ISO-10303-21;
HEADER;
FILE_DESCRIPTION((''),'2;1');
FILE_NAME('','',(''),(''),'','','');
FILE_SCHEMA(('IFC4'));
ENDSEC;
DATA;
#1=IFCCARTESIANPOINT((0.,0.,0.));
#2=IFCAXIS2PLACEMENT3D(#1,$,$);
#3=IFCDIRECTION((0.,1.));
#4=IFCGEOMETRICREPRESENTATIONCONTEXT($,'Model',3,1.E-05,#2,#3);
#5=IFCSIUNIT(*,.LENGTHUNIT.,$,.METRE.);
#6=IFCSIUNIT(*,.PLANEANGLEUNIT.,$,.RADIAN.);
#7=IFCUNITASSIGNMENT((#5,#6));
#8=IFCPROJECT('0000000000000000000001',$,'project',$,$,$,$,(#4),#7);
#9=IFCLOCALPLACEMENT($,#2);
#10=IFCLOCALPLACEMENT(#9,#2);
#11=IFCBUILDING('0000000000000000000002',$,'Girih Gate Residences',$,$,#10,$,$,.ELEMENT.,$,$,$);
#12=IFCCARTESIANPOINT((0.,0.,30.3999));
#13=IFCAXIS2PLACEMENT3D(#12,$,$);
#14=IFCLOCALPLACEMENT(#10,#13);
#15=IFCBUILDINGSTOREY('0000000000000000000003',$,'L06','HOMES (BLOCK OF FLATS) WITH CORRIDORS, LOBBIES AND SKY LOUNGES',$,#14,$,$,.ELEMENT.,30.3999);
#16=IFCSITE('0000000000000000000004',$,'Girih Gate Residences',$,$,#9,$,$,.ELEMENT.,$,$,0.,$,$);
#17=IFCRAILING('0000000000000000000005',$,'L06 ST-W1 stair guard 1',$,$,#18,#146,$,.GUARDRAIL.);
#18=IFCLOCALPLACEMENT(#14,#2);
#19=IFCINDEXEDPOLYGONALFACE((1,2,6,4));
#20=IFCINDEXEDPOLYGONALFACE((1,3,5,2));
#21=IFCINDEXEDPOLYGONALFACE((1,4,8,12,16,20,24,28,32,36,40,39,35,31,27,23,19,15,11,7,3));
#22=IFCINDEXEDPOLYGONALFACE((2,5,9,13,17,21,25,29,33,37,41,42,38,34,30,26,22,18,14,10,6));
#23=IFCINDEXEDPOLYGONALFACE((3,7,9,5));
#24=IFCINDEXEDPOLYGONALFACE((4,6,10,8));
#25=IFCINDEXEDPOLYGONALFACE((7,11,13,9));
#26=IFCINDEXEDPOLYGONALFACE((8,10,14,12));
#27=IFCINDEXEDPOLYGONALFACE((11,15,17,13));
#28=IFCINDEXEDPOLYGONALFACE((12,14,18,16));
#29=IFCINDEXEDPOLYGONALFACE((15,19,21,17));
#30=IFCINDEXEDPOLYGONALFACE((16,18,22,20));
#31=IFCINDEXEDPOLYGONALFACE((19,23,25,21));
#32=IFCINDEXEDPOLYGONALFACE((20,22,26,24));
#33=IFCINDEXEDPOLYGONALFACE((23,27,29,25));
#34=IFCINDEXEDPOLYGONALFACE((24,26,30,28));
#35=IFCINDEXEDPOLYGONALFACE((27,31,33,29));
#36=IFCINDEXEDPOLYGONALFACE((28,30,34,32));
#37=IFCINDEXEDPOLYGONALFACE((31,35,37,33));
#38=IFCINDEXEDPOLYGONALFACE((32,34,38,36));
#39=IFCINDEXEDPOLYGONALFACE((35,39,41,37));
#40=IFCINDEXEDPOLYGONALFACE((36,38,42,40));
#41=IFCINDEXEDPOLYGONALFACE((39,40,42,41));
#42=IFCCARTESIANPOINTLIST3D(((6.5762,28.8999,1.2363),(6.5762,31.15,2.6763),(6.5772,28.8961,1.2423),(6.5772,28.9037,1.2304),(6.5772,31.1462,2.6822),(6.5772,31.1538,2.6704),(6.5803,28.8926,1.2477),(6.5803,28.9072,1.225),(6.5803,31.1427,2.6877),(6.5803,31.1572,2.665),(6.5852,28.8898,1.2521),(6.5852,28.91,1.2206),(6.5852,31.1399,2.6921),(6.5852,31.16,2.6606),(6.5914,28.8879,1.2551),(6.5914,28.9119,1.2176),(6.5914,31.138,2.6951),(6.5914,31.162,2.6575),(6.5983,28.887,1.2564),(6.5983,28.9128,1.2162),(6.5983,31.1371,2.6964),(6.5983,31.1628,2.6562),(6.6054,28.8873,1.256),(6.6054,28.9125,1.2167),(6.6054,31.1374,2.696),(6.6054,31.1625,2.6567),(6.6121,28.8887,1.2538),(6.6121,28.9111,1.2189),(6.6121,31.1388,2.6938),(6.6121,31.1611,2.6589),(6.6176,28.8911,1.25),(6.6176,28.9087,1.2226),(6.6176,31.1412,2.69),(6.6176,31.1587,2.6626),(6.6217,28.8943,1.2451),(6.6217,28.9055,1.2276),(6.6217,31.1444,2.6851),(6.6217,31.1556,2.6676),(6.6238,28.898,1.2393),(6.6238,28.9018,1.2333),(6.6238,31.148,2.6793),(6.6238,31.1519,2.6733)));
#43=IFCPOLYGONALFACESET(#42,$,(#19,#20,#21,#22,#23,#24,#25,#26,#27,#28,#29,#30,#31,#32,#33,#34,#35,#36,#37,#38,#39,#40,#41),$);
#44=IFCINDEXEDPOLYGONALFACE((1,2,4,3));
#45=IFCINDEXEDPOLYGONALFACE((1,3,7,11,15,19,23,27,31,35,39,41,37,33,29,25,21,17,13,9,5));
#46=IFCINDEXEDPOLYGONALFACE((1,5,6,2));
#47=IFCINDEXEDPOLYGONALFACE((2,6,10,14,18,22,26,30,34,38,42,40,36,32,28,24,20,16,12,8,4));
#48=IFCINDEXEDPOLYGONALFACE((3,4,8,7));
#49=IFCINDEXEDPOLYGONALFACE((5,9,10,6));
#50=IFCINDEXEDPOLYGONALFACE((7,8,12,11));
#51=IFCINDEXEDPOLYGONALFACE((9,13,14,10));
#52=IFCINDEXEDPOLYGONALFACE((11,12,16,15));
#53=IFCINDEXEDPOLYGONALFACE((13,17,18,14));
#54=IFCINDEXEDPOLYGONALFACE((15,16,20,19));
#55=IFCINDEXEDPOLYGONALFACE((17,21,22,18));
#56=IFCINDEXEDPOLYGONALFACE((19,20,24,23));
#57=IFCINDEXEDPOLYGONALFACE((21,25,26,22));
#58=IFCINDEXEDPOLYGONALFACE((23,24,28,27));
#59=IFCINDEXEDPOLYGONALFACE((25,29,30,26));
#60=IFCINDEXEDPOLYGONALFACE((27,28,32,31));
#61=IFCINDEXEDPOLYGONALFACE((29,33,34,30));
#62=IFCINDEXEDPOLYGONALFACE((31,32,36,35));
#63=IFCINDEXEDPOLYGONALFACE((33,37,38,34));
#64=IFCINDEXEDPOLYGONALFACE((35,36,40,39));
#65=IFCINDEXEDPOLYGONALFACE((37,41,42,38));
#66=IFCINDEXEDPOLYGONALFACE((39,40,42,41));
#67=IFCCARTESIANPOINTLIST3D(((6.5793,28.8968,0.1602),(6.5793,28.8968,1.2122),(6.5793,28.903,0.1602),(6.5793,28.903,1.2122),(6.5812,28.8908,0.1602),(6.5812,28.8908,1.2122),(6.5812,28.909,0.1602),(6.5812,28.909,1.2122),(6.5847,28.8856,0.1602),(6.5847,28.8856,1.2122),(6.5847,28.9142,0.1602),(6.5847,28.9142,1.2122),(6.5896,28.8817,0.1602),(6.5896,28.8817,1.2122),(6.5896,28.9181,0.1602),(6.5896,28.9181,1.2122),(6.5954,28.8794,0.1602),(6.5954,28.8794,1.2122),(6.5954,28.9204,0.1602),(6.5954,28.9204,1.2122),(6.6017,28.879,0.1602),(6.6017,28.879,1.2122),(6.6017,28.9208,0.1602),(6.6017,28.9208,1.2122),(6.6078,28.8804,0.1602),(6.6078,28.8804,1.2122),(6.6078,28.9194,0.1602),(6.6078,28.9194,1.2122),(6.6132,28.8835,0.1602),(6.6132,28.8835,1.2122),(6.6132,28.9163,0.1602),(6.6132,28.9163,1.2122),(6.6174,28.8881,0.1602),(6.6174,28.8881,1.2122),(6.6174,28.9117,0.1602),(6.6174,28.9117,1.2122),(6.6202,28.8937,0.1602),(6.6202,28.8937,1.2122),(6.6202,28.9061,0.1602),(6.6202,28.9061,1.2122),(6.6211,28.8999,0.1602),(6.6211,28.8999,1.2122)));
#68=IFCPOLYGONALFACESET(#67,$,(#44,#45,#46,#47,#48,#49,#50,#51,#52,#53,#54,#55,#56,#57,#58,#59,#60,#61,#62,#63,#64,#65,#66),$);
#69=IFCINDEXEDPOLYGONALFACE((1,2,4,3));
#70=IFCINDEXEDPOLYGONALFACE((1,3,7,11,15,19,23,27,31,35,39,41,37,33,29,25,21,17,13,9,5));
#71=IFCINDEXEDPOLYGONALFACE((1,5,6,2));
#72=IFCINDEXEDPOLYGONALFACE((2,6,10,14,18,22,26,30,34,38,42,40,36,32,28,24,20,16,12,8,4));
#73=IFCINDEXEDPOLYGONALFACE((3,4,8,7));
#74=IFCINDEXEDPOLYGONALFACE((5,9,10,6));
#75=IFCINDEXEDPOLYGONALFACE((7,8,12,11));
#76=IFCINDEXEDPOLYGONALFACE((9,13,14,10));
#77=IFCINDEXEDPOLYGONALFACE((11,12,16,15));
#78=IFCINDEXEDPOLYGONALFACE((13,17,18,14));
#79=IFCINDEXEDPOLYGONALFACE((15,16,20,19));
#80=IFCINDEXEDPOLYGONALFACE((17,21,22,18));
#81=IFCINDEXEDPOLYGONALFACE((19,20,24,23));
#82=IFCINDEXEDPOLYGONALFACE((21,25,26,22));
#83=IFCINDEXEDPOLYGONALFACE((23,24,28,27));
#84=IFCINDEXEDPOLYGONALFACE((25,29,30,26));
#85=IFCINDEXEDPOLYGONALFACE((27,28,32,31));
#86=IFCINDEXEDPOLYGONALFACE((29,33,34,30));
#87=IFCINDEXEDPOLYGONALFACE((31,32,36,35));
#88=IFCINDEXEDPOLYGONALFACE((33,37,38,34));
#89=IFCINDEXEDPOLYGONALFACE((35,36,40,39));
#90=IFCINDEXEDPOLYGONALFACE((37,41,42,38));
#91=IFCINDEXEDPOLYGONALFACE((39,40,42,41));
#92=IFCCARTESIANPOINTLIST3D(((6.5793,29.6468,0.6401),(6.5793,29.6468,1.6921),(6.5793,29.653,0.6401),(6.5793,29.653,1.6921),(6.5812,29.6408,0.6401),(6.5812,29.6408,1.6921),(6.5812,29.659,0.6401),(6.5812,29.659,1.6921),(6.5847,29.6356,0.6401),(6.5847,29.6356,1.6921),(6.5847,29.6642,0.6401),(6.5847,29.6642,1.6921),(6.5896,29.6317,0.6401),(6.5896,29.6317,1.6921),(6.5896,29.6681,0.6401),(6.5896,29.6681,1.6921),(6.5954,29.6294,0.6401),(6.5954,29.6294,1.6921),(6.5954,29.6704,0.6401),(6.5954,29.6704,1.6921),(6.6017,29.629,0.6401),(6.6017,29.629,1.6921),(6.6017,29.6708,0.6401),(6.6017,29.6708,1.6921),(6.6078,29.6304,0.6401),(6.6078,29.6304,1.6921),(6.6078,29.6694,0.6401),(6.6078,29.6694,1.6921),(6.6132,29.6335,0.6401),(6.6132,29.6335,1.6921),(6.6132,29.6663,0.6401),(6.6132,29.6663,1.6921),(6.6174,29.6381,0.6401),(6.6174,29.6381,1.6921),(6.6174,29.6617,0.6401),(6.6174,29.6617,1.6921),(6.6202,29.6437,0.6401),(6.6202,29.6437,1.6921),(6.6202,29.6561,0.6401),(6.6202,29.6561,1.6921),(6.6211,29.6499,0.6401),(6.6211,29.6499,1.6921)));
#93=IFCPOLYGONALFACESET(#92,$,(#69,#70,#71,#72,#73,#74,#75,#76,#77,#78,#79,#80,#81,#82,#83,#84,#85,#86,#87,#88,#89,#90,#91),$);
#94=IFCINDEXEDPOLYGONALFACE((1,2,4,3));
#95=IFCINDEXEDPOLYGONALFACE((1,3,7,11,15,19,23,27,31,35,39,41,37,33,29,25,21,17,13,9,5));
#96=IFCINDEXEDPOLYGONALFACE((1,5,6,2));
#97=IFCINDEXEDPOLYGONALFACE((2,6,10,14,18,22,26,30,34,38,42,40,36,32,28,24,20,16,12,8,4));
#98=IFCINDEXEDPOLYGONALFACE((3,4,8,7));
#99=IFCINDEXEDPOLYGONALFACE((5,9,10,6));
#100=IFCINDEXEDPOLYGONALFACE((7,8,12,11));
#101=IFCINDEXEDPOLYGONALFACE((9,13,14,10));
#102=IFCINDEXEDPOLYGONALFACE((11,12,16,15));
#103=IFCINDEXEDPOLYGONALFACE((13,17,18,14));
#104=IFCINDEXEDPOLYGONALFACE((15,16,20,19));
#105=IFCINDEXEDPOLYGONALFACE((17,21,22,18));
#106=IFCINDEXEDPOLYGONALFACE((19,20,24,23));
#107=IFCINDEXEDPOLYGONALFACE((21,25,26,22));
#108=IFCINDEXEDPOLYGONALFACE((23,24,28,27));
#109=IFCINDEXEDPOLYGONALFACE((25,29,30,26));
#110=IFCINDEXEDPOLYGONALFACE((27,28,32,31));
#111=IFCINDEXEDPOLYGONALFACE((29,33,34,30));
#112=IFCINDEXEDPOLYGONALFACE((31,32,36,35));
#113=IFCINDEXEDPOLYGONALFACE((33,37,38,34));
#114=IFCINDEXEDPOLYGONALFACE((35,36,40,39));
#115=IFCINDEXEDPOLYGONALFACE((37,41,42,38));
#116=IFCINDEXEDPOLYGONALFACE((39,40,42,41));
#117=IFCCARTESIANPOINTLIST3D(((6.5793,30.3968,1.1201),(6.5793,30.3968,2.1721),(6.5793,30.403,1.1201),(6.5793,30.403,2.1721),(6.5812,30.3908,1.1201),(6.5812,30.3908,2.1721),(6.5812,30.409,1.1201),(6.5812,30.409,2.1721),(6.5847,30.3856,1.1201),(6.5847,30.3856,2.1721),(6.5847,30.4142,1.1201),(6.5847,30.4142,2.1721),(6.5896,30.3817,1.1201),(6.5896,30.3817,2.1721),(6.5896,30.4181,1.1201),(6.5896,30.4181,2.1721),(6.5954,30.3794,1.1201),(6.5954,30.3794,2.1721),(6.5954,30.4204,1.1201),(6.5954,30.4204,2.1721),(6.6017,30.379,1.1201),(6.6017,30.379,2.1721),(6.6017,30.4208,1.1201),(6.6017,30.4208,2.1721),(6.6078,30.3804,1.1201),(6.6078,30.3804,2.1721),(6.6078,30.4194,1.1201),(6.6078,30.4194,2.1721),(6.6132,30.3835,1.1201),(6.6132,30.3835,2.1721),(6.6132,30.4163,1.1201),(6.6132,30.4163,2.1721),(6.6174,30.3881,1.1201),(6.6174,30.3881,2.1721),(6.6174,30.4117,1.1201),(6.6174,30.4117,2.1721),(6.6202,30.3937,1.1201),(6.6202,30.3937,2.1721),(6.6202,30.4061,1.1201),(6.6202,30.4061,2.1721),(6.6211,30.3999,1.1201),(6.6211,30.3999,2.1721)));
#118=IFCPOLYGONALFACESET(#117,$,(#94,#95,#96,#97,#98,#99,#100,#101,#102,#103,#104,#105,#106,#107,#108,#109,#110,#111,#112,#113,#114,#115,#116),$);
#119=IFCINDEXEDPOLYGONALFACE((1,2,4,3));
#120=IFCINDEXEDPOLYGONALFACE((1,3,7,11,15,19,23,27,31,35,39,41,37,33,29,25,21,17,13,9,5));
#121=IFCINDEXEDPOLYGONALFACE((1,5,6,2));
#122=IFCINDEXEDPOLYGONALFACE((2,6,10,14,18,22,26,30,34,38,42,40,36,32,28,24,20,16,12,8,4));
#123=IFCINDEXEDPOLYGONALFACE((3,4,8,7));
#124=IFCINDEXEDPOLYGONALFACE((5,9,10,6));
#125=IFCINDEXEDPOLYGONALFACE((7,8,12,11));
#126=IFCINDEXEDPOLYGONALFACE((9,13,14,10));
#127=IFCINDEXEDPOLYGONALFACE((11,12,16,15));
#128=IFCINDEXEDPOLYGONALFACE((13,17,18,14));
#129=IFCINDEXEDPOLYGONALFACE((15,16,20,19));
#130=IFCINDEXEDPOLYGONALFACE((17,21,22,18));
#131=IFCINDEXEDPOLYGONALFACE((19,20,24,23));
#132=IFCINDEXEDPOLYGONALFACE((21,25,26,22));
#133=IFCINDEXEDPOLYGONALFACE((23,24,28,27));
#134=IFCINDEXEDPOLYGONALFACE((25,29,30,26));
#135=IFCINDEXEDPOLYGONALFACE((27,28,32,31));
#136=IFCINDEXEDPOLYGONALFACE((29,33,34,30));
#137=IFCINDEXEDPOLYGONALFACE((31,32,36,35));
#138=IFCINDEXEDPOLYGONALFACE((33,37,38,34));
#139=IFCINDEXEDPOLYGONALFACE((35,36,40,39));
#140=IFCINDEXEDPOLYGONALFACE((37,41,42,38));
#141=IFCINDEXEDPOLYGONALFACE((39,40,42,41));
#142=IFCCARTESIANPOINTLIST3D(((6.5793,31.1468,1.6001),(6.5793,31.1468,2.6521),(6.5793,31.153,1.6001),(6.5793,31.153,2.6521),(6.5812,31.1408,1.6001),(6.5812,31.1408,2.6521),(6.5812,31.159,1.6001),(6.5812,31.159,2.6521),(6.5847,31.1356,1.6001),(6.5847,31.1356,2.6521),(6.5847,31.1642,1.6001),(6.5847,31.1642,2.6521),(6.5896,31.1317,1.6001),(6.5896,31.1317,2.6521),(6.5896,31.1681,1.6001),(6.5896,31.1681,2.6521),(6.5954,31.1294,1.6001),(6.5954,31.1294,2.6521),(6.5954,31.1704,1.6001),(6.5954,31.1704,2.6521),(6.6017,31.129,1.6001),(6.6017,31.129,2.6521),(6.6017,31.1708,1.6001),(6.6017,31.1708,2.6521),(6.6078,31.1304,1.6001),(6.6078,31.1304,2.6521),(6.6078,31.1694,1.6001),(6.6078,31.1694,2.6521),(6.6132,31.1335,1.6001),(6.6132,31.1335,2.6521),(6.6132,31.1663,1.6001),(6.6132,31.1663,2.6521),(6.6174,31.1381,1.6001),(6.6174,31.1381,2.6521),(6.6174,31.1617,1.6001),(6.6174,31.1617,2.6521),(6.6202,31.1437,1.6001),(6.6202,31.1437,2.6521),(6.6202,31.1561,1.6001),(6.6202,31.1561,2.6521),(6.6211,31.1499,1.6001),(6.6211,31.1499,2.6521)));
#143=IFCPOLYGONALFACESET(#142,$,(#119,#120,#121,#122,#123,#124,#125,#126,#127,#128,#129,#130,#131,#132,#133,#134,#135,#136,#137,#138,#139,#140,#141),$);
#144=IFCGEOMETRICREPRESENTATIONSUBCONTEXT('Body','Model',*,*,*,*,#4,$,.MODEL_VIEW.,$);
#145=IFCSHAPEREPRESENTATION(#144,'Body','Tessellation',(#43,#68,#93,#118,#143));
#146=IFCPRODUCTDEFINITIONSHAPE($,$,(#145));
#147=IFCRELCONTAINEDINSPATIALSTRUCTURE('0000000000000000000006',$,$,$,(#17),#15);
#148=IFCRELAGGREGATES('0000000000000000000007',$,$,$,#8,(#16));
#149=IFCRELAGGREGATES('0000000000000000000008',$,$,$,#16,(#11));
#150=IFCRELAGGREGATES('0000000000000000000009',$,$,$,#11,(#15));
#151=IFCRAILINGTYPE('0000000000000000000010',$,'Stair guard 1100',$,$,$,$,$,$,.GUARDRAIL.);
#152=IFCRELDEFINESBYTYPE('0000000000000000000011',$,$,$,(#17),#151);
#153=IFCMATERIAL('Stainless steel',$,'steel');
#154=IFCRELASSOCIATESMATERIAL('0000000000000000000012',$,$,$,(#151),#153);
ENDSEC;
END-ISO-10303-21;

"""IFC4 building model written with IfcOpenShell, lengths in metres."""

from ifc_helpers import new_model, si_unit, direction, frame, origin, origin_2d, place, context, subcontext, project, spatial, circle, extrude, material, type_object, element, save


model = new_model("IFC4")

# Units and contexts
model_context = context("Model", 3, precision=1e-05, world=origin(), true_north=direction((0.0, 1.0)))
body_context = subcontext(model_context, "Body", "Model", "MODEL_VIEW")
ifc_project = project(units=[si_unit("LENGTHUNIT", "METRE"), si_unit("PLANEANGLEUNIT", "RADIAN")], contexts=[model_context])

# Site, building, storey
site_placement = place(None, origin())
site = spatial("IfcSite", under=ifc_project, at=site_placement, Name="Girih Gate Residences", CompositionType="ELEMENT", RefElevation=0.0)
building_placement = place(site_placement, origin())
building = spatial("IfcBuilding", under=site, at=building_placement, Name="Girih Gate Residences", CompositionType="ELEMENT")
storey_placement = place(building_placement, frame((0.0, 0.0, 30.3999)))
storey = spatial("IfcBuildingStorey", under=building, at=storey_placement, Name="L06", Description="HOMES (BLOCK OF FLATS) WITH CORRIDORS, LOBBIES AND SKY LOUNGES", CompositionType="ELEMENT", Elevation=30.3999)

# Railing
ifc_material_1 = material(Name="Stainless steel", Category="steel")
railing_type_1 = type_object("IfcRailingType", Name="Stair guard 1100", PredefinedType="GUARDRAIL", material=ifc_material_1)
railing_1_placement = place(storey_placement, frame((6.6001, 28.8999, 0.1602)))
element("IfcRailing", 1, at=railing_1_placement, inside=storey, type_object=railing_type_1, Name="L06 ST-W1 stair guard 1", PredefinedType="GUARDRAIL", context=body_context, shape_type="SweptSolid", body=[
    extrude(circle(Radius=0.0239, at=origin_2d()), frame((0.0, 0.0, 1.0762), z_axis=(0.0, 0.842281, 0.539038), x_axis=(-1.0, 0.0, 0.0)), (0.0, 0.0, 1.0), 2.6714),
    extrude(circle(Radius=0.021, at=origin_2d()), origin(), (0.0, 0.0, 1.0), 1.052),
    extrude(circle(Radius=0.021, at=origin_2d()), frame((0.0, 0.75, 0.48)), (0.0, 0.0, 1.0), 1.052),
    extrude(circle(Radius=0.021, at=origin_2d()), frame((0.0, 1.5, 0.96)), (0.0, 0.0, 1.0), 1.052),
    extrude(circle(Radius=0.021, at=origin_2d()), frame((0.0, 2.25, 1.4399)), (0.0, 0.0, 1.0), 1.052),
])

save(model, "model.ifc")
